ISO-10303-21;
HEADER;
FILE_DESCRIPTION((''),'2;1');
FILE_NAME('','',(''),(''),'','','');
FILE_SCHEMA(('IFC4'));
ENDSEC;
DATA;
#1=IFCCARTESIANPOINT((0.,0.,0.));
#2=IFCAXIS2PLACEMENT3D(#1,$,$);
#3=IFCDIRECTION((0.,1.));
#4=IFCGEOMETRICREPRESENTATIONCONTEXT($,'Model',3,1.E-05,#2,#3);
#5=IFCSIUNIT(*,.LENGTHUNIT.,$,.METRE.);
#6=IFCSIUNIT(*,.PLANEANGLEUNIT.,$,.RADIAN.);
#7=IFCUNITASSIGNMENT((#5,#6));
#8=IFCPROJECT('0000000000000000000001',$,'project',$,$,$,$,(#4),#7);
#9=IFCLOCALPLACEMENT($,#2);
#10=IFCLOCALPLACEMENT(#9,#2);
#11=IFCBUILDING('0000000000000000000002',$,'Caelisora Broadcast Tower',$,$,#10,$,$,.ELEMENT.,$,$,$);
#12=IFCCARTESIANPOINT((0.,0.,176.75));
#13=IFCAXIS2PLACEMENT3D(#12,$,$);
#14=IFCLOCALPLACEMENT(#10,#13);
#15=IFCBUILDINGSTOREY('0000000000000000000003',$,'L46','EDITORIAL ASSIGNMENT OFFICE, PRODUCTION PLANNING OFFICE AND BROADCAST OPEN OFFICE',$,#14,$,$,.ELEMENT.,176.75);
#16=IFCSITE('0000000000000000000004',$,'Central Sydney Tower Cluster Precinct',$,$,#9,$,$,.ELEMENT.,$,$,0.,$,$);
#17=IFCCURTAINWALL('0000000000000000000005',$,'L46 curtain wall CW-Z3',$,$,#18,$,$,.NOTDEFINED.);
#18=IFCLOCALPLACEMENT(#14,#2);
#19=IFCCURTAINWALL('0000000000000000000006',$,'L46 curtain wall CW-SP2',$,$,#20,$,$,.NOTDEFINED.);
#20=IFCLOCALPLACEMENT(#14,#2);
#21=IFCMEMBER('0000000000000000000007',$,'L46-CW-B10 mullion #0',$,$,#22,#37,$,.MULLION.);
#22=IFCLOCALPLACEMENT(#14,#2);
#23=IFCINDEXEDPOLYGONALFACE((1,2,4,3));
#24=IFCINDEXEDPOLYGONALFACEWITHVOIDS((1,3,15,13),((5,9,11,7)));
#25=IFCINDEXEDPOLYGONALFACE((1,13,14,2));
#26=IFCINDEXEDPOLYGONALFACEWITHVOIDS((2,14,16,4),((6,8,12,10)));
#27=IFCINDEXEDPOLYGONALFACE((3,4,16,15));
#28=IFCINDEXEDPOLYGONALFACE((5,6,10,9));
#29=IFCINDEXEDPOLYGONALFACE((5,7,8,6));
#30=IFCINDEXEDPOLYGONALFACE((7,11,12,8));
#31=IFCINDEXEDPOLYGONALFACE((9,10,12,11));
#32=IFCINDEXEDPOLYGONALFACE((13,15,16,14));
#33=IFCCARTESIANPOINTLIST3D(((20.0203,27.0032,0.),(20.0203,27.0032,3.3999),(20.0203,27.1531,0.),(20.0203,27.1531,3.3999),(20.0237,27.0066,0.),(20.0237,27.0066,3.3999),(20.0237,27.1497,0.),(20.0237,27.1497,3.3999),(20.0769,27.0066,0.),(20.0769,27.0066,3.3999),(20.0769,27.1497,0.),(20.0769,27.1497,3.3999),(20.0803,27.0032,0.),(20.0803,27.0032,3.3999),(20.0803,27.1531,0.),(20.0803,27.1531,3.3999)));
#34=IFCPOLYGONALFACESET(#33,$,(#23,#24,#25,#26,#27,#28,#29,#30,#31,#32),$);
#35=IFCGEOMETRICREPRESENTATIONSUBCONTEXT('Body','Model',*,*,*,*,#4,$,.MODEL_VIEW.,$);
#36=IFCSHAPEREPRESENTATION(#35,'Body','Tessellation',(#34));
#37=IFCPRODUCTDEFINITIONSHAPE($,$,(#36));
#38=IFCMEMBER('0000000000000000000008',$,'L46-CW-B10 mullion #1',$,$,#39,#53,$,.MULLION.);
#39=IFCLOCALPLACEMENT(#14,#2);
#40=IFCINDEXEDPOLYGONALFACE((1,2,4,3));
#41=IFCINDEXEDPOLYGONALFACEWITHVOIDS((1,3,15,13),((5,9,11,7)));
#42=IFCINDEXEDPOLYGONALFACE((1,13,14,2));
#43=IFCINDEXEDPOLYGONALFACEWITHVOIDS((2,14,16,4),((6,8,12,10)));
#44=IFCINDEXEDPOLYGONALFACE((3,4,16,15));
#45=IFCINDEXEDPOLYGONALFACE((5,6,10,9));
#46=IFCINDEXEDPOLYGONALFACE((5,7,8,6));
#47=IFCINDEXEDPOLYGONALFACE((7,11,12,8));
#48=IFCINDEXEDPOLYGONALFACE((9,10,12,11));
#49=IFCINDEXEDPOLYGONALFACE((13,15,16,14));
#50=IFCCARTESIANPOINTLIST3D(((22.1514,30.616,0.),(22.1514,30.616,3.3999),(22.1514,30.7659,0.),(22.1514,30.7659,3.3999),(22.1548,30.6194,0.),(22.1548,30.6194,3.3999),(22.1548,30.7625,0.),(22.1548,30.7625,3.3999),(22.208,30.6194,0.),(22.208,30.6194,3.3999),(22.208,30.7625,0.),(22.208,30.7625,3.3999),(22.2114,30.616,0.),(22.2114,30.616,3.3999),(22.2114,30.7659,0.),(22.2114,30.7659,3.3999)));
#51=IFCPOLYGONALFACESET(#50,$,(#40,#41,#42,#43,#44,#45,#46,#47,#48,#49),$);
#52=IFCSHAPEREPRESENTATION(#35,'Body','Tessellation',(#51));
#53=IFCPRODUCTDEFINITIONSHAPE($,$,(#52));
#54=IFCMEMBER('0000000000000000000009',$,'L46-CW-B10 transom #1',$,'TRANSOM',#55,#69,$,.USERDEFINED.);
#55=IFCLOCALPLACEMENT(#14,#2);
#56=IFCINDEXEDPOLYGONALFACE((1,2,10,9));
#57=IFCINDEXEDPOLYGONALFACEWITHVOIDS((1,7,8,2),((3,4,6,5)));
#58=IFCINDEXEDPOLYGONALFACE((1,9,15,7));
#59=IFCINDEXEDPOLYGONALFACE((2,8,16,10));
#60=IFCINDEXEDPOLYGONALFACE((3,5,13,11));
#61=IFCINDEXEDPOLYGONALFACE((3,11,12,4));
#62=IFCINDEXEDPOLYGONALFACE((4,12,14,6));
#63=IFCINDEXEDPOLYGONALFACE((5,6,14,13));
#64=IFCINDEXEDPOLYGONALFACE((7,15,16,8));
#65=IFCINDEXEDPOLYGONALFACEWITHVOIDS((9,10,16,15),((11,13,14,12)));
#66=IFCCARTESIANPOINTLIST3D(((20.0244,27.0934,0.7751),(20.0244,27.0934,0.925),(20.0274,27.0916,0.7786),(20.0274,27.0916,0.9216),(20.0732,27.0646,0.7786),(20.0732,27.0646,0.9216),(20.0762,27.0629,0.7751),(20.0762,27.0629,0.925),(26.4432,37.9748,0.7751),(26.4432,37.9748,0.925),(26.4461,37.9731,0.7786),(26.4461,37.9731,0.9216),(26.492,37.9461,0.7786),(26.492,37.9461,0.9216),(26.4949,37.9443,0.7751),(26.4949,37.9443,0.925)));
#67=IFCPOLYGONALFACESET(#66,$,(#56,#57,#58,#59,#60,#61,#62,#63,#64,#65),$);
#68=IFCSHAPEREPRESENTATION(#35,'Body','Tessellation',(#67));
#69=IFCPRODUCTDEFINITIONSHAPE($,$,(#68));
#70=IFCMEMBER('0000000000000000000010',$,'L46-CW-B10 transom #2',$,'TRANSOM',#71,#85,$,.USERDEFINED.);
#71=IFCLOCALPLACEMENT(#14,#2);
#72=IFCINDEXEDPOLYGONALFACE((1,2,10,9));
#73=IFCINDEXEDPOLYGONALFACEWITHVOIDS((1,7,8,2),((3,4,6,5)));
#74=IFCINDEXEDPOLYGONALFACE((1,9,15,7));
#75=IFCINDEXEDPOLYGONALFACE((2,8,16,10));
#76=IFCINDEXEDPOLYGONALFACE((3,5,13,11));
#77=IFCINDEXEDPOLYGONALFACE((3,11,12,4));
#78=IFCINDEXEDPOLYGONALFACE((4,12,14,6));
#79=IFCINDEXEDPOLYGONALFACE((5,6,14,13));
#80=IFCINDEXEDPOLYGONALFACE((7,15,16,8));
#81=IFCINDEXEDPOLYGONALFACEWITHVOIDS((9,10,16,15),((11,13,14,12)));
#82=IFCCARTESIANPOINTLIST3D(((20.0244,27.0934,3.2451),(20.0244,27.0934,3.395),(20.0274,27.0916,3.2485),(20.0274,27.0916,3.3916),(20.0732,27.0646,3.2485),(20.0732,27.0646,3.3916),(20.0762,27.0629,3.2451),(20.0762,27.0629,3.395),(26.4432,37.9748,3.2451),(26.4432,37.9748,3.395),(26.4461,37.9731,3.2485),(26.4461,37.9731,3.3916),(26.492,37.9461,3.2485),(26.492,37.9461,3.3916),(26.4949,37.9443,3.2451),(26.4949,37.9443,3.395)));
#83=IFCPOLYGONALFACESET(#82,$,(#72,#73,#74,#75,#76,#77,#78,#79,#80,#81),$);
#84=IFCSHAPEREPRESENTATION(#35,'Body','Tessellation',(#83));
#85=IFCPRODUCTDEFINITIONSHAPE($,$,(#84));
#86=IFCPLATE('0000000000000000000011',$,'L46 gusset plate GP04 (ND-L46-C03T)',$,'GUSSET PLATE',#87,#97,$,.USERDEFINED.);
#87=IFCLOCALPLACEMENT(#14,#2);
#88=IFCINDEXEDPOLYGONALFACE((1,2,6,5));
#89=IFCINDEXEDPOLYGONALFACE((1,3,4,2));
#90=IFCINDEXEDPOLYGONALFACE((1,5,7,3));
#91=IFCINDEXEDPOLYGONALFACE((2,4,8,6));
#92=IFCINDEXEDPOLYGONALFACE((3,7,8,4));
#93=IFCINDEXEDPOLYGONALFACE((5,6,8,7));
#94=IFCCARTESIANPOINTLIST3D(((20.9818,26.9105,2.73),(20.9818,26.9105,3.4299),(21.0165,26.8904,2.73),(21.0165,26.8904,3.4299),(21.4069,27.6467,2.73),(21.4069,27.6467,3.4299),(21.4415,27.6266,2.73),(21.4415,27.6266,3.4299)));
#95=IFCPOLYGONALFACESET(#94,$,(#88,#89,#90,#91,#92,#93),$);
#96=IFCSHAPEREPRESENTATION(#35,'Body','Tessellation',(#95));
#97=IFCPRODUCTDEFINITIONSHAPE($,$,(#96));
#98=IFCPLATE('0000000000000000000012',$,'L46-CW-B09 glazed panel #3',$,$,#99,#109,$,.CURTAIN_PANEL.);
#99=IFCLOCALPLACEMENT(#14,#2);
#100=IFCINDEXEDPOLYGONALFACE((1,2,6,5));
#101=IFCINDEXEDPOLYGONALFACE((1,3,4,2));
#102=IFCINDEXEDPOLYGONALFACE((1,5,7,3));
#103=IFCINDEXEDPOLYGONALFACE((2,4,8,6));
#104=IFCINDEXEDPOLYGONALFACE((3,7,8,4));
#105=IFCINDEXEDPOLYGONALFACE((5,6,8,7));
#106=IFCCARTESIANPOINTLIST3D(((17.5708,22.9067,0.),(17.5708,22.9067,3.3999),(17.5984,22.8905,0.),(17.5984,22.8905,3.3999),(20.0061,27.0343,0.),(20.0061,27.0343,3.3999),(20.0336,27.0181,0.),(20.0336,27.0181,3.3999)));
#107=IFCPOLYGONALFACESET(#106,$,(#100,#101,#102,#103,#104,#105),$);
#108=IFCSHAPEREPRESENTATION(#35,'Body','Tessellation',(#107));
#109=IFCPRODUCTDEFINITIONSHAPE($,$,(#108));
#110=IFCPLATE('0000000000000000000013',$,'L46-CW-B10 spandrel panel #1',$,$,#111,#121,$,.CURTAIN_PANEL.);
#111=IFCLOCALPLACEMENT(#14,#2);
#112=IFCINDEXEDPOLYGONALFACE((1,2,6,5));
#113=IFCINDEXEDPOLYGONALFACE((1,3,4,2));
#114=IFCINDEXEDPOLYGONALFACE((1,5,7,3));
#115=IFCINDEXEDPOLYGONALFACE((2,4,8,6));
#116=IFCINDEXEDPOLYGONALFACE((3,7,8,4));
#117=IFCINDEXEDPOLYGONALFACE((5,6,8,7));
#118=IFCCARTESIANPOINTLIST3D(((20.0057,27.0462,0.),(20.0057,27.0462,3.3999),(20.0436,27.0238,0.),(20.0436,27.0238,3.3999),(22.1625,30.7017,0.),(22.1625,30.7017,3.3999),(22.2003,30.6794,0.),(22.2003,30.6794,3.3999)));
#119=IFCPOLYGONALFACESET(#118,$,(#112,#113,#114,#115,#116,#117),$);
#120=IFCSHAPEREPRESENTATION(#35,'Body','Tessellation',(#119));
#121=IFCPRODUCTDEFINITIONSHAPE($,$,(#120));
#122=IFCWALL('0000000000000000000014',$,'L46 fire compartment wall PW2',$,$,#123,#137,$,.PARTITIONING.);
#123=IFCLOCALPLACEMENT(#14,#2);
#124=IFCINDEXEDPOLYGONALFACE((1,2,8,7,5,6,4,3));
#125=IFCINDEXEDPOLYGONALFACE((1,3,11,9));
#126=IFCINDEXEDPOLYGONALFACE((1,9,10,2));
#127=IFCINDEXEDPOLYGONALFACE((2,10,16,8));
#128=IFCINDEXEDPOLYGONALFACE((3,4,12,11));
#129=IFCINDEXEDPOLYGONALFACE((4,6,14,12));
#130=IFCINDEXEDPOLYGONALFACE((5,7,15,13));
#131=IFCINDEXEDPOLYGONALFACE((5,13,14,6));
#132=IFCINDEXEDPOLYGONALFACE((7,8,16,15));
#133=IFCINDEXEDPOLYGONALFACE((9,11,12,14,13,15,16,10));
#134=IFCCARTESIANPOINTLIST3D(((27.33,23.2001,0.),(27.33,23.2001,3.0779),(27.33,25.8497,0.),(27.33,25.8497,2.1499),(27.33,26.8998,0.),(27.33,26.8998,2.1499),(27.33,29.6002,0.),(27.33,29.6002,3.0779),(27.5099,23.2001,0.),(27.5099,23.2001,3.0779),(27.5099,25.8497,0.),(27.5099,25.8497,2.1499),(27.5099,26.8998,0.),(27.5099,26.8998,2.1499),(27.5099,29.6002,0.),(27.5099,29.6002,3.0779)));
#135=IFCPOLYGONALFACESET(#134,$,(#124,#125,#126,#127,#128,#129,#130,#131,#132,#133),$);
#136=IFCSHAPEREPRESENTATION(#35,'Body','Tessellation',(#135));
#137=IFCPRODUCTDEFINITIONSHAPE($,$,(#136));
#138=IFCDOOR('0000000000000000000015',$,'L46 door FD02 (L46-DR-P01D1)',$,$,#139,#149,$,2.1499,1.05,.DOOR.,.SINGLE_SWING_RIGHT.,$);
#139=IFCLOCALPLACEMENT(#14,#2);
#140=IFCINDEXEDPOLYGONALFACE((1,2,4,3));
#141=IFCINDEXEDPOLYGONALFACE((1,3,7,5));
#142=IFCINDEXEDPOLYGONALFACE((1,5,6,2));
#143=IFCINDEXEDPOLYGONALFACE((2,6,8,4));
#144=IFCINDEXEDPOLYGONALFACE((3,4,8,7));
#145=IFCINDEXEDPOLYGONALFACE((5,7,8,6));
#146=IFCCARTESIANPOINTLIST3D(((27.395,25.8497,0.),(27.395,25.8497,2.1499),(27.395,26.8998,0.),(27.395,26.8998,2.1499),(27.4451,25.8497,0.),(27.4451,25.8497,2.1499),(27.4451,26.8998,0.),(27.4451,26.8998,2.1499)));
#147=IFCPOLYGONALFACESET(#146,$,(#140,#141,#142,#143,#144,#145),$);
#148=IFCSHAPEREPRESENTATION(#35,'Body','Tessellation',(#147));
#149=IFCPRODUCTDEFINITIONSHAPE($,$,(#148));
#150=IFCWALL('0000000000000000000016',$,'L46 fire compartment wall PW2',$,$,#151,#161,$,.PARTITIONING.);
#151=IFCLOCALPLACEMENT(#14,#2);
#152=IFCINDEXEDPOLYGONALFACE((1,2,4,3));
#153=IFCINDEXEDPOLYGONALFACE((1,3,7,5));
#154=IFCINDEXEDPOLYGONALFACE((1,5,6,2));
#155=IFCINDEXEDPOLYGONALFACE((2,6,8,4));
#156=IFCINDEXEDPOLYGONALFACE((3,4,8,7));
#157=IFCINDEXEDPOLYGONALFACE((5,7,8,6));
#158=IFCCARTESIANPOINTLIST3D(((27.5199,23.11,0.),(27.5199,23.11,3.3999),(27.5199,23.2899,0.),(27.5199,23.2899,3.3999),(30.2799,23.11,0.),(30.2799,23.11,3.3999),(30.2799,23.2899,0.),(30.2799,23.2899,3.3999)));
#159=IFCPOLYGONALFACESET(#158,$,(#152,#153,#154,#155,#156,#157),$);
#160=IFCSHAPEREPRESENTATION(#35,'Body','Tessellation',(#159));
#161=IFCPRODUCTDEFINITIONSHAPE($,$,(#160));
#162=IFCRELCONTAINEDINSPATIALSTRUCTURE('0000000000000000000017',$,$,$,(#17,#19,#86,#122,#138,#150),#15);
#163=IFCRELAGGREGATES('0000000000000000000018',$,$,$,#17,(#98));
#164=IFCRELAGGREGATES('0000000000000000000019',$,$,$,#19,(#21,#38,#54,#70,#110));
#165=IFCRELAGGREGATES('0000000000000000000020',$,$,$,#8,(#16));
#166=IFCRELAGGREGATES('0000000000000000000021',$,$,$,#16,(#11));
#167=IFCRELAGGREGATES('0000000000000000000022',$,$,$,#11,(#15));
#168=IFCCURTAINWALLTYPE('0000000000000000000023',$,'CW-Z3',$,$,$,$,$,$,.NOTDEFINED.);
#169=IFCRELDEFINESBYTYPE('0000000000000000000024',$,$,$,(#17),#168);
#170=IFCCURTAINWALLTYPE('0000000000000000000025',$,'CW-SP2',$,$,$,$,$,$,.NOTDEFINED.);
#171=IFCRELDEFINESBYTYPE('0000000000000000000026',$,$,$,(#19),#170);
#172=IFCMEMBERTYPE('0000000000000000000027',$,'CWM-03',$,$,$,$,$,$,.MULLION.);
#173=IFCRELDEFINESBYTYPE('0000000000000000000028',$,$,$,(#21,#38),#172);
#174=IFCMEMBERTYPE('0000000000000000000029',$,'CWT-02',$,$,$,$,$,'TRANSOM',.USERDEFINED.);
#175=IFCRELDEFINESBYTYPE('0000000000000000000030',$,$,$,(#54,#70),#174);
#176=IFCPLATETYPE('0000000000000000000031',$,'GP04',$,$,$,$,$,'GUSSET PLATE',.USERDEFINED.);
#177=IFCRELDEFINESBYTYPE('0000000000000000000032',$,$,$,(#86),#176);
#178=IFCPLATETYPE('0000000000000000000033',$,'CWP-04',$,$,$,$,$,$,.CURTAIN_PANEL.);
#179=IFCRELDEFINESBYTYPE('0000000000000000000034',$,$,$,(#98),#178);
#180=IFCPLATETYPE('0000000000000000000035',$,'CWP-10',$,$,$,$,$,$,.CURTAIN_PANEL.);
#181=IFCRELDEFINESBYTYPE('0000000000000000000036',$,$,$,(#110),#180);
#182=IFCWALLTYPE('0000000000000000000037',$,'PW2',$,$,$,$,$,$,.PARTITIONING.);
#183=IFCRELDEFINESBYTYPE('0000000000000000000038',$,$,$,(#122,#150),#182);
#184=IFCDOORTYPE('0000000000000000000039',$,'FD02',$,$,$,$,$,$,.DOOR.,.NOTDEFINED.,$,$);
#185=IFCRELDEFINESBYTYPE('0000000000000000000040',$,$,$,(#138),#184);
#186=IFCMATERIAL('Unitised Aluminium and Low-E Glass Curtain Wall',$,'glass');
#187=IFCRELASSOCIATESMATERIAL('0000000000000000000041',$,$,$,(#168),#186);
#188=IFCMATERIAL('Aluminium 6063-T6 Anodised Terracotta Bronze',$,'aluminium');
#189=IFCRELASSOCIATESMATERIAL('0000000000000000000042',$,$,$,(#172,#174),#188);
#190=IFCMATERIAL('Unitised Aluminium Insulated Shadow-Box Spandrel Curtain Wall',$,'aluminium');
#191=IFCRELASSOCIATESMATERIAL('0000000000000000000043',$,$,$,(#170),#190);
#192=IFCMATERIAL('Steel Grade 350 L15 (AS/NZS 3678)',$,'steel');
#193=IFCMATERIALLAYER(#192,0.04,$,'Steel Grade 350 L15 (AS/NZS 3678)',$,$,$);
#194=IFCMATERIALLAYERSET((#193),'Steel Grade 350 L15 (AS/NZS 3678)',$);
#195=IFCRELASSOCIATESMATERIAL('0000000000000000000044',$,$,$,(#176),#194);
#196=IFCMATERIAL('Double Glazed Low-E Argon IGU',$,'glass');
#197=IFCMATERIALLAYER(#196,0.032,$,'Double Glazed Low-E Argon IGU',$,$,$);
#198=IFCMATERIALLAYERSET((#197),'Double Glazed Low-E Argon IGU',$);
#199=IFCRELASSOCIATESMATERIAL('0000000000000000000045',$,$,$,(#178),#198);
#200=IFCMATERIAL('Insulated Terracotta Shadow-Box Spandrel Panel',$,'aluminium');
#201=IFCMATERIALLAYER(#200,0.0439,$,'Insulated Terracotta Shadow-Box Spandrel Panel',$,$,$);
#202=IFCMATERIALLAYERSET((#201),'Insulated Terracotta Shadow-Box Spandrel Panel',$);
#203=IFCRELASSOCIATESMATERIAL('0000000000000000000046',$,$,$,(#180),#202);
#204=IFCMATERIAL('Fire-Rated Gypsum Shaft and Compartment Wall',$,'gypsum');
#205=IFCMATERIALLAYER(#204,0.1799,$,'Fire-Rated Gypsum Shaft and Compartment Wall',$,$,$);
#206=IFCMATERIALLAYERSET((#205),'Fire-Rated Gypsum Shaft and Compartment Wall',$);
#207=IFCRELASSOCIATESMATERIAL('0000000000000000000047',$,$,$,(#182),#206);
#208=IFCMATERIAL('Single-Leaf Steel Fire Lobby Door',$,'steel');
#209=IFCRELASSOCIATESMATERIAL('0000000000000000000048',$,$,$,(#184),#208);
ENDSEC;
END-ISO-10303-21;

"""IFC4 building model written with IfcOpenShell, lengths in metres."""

from ifc_helpers import new_model, si_unit, direction, frame, frame_2d, origin, origin_2d, place, context, subcontext, project, spatial, rectangle, hollow_rectangle, extrude, source, transform, mapped, material, layer, layer_set, material_profile, profile_set, type_object, type_shapes, element, fill, aggregate, save


model = new_model("IFC4")

# Units and contexts
model_context = context("Model", 3, precision=1e-05, world=origin(), true_north=direction((0.0, 1.0)))
body_context = subcontext(model_context, "Body", "Model", "MODEL_VIEW")
ifc_project = project(units=[si_unit("LENGTHUNIT", "METRE"), si_unit("PLANEANGLEUNIT", "RADIAN")], contexts=[model_context])

# Site, building, storey
site_placement = place(None, origin())
site = spatial("IfcSite", under=ifc_project, at=site_placement, Name="Central Sydney Tower Cluster Precinct", CompositionType="ELEMENT", RefElevation=0.0)
building_placement = place(site_placement, origin())
building = spatial("IfcBuilding", under=site, at=building_placement, Name="Caelisora Broadcast Tower", CompositionType="ELEMENT")
storey_placement = place(building_placement, frame((0.0, 0.0, 176.75)))
storey = spatial("IfcBuildingStorey", under=building, at=storey_placement, Name="L46", Description="EDITORIAL ASSIGNMENT OFFICE, PRODUCTION PLANNING OFFICE AND BROADCAST OPEN OFFICE", CompositionType="ELEMENT", Elevation=176.75)

# Shared definitions
ifc_material_1 = material(Name="Steel Grade 350 L15 (AS/NZS 3678)", Category="steel")

# Curtain walls, members
ifc_material_2 = material(Name="Unitised Aluminium and Low-E Glass Curtain Wall", Category="glass")
curtain_wall_type_1 = type_object("IfcCurtainWallType", Name="CW-Z3", PredefinedType="NOTDEFINED", material=ifc_material_2)
curtain_wall_1_placement = place(storey_placement, origin())
curtain_wall_1 = element("IfcCurtainWall", 1, at=curtain_wall_1_placement, inside=storey, type_object=curtain_wall_type_1, Name="L46 curtain wall CW-Z3", PredefinedType="NOTDEFINED")
ifc_material_3 = material(Name="Aluminium 6063-T6 Anodised Terracotta Bronze", Category="aluminium")
ifc_material_profile_1 = material_profile(ifc_material_3, hollow_rectangle(XDim=0.0601, YDim=0.1499, WallThickness=0.0034, at=origin_2d()), Name="Aluminium 6063-T6 Anodised Terracotta Bronze")
ifc_profile_set_1 = profile_set([ifc_material_profile_1], Name="Aluminium 6063-T6 Anodised Terracotta Bronze")
member_type_1 = type_object("IfcMemberType", Name="CWM-03", PredefinedType="MULLION", material=ifc_profile_set_1)
shared_shape_1 = source(origin(), body_context, "Body", "SweptSolid", [
    extrude(hollow_rectangle(XDim=0.0601, YDim=0.1499, WallThickness=0.0034, at=origin_2d()), origin(), (0.0, 0.0, 1.0), 3.3999),
])
type_shapes(member_type_1, [shared_shape_1])
ifc_material_4 = material(Name="Unitised Aluminium Insulated Shadow-Box Spandrel Curtain Wall", Category="aluminium")
curtain_wall_type_2 = type_object("IfcCurtainWallType", Name="CW-SP2", PredefinedType="NOTDEFINED", material=ifc_material_4)
curtain_wall_2_placement = place(storey_placement, origin())
curtain_wall_2 = element("IfcCurtainWall", 2, at=curtain_wall_2_placement, inside=storey, type_object=curtain_wall_type_2, Name="L46 curtain wall CW-SP2", PredefinedType="NOTDEFINED")
member_1_placement = place(storey_placement, frame((20.0503, 27.0781, 0.0), z_axis=(0.0, 0.0, 1.0), x_axis=(1.0, 0.0, 0.0)))
member_1 = element("IfcMember", 3, at=member_1_placement, type_object=member_type_1, Name="L46-CW-B10 mullion #0", PredefinedType="MULLION", context=body_context, shape_type="MappedRepresentation", body=[
    mapped(shared_shape_1, transform((0.0, 0.0, 0.0), scale=1.0)),
])
member_2_placement = place(storey_placement, frame((22.1814, 30.6909, 0.0), z_axis=(0.0, 0.0, 1.0), x_axis=(1.0, 0.0, 0.0)))
member_2 = element("IfcMember", 4, at=member_2_placement, type_object=member_type_1, Name="L46-CW-B10 mullion #1", PredefinedType="MULLION", context=body_context, shape_type="MappedRepresentation", body=[
    mapped(shared_shape_1, transform((0.0, 0.0, 0.0), scale=1.0)),
])
ifc_material_profile_2 = material_profile(ifc_material_3, hollow_rectangle(XDim=0.0601, YDim=0.1499, WallThickness=0.0034, at=origin_2d()), Name="Aluminium 6063-T6 Anodised Terracotta Bronze")
ifc_profile_set_2 = profile_set([ifc_material_profile_2], Name="Aluminium 6063-T6 Anodised Terracotta Bronze")
member_type_2 = type_object("IfcMemberType", Name="CWT-02", ElementType="TRANSOM", PredefinedType="USERDEFINED", material=ifc_profile_set_2)
shared_shape_2 = source(origin(), body_context, "Body", "SweptSolid", [
    extrude(hollow_rectangle(XDim=0.0601, YDim=0.1499, WallThickness=0.0034, at=origin_2d()), origin(), (0.0, 0.0, 1.0), 12.6335),
])
type_shapes(member_type_2, [shared_shape_2])
member_3_placement = place(storey_placement, frame((20.0503, 27.0781, 0.8501), z_axis=(0.508073, 0.861314, 0.0), x_axis=(-0.861314, 0.508073, 0.0)))
member_3 = element("IfcMember", 5, at=member_3_placement, type_object=member_type_2, Name="L46-CW-B10 transom #1", ObjectType="TRANSOM", PredefinedType="USERDEFINED", context=body_context, shape_type="MappedRepresentation", body=[
    mapped(shared_shape_2, transform((0.0, 0.0, 0.0), scale=1.0)),
])
member_4_placement = place(storey_placement, frame((20.0503, 27.0781, 3.3201), z_axis=(0.508073, 0.861314, 0.0), x_axis=(-0.861314, 0.508073, 0.0)))
member_4 = element("IfcMember", 6, at=member_4_placement, type_object=member_type_2, Name="L46-CW-B10 transom #2", ObjectType="TRANSOM", PredefinedType="USERDEFINED", context=body_context, shape_type="MappedRepresentation", body=[
    mapped(shared_shape_2, transform((0.0, 0.0, 0.0), scale=1.0)),
])

# Plates
ifc_layer_1 = layer(ifc_material_1, 0.04, Name="Steel Grade 350 L15 (AS/NZS 3678)")
ifc_layer_set_1 = layer_set([ifc_layer_1], Name="Steel Grade 350 L15 (AS/NZS 3678)")
plate_type_1 = type_object("IfcPlateType", Name="GP04", ElementType="GUSSET PLATE", PredefinedType="USERDEFINED", material=ifc_layer_set_1)
shared_shape_3 = source(origin(), body_context, "Body", "SweptSolid", [
    extrude(rectangle(XDim=0.8501, YDim=0.04, at=origin_2d()), origin(), (0.0, 0.0, 1.0), 0.7),
])
type_shapes(plate_type_1, [shared_shape_3])
plate_1_placement = place(storey_placement, frame((21.2117, 27.2686, 2.73), z_axis=(0.0, 0.0, 1.0), x_axis=(-0.5, -0.866025, 0.0)))
element("IfcPlate", 7, at=plate_1_placement, inside=storey, type_object=plate_type_1, Name="L46 gusset plate GP04 (ND-L46-C03T)", ObjectType="GUSSET PLATE", PredefinedType="USERDEFINED", context=body_context, shape_type="MappedRepresentation", body=[
    mapped(shared_shape_3, transform((0.0, 0.0, 0.0), scale=1.0)),
])
ifc_material_5 = material(Name="Double Glazed Low-E Argon IGU", Category="glass")
ifc_layer_2 = layer(ifc_material_5, 0.032, Name="Double Glazed Low-E Argon IGU")
ifc_layer_set_2 = layer_set([ifc_layer_2], Name="Double Glazed Low-E Argon IGU")
plate_type_2 = type_object("IfcPlateType", Name="CWP-04", PredefinedType="CURTAIN_PANEL", material=ifc_layer_set_2)
shared_shape_4 = source(origin(), body_context, "Body", "SweptSolid", [
    extrude(rectangle(XDim=4.7925, YDim=0.032, at=origin_2d()), origin(), (0.0, 0.0, 1.0), 3.3999),
])
type_shapes(plate_type_2, [shared_shape_4])
plate_2_placement = place(storey_placement, frame((18.8022, 24.9624, 0.0), z_axis=(0.0, 0.0, 1.0), x_axis=(0.50814, 0.861275, 0.0)))
plate_2 = element("IfcPlate", 8, at=plate_2_placement, type_object=plate_type_2, Name="L46-CW-B09 glazed panel #3", PredefinedType="CURTAIN_PANEL", context=body_context, shape_type="MappedRepresentation", body=[
    mapped(shared_shape_4, transform((0.0, 0.0, 0.0), scale=1.0)),
])
aggregate(curtain_wall_1, [plate_2])
ifc_material_6 = material(Name="Insulated Terracotta Shadow-Box Spandrel Panel", Category="aluminium")
ifc_layer_3 = layer(ifc_material_6, 0.0439, Name="Insulated Terracotta Shadow-Box Spandrel Panel")
ifc_layer_set_3 = layer_set([ifc_layer_3], Name="Insulated Terracotta Shadow-Box Spandrel Panel")
plate_type_3 = type_object("IfcPlateType", Name="CWP-10", PredefinedType="CURTAIN_PANEL", material=ifc_layer_set_3)
shared_shape_5 = source(origin(), body_context, "Body", "SweptSolid", [
    extrude(rectangle(XDim=4.2444, YDim=0.0439, at=origin_2d()), origin(), (0.0, 0.0, 1.0), 3.3999),
])
type_shapes(plate_type_3, [shared_shape_5])
plate_3_placement = place(storey_placement, frame((21.103, 28.8628, 0.0), z_axis=(0.0, 0.0, 1.0), x_axis=(0.50814, 0.861275, 0.0)))
plate_3 = element("IfcPlate", 9, at=plate_3_placement, type_object=plate_type_3, Name="L46-CW-B10 spandrel panel #1", PredefinedType="CURTAIN_PANEL", context=body_context, shape_type="MappedRepresentation", body=[
    mapped(shared_shape_5, transform((0.0, 0.0, 0.0), scale=1.0)),
])
aggregate(curtain_wall_2, [member_1, member_2, member_3, member_4, plate_3])

# Wall, opening, door
ifc_material_7 = material(Name="Fire-Rated Gypsum Shaft and Compartment Wall", Category="gypsum")
ifc_layer_4 = layer(ifc_material_7, 0.1799, Name="Fire-Rated Gypsum Shaft and Compartment Wall")
ifc_layer_set_4 = layer_set([ifc_layer_4], Name="Fire-Rated Gypsum Shaft and Compartment Wall")
wall_type_1 = type_object("IfcWallType", Name="PW2", PredefinedType="PARTITIONING", material=ifc_layer_set_4)
wall_1_placement = place(storey_placement, frame((27.4199, 23.2, 0.0), z_axis=(0.0, 0.0, 1.0), x_axis=(0.0, 1.0, 0.0)))
wall_1 = element("IfcWall", 10, at=wall_1_placement, inside=storey, type_object=wall_type_1, Name="L46 fire compartment wall PW2", PredefinedType="PARTITIONING", context=body_context, shape_type="SweptSolid", body=[
    extrude(rectangle(XDim=6.4001, YDim=0.1799, at=frame_2d((3.2002, 0.0))), origin(), (0.0, 0.0, 1.0), 3.0779),
])
opening_1_placement = place(wall_1_placement, frame((2.6499, 0.0, 0.0)))
opening_1 = element("IfcOpeningElement", 11, at=opening_1_placement, cuts=wall_1, PredefinedType="OPENING", context=body_context, shape_type="SweptSolid", body=[
    extrude(rectangle(XDim=1.05, YDim=2.1499, at=frame_2d((0.5249, 1.075))), frame((0.0, 0.1021, 0.0), z_axis=(0.0, -1.0, 0.0), x_axis=(1.0, 0.0, 0.0)), (0.0, 0.0, 1.0), 0.2039),
])
ifc_material_8 = material(Name="Single-Leaf Steel Fire Lobby Door", Category="steel")
door_type_1 = type_object("IfcDoorType", Name="FD02", OperationType="NOTDEFINED", PredefinedType="DOOR", material=ifc_material_8)
door_1_placement = place(opening_1_placement, origin())
door_1 = element("IfcDoor", 12, at=door_1_placement, inside=storey, type_object=door_type_1, Name="L46 door FD02 (L46-DR-P01D1)", OperationType="SINGLE_SWING_RIGHT", OverallHeight=2.1499, OverallWidth=1.05, PredefinedType="DOOR", context=body_context, shape_type="SweptSolid", body=[
    extrude(rectangle(XDim=1.05, YDim=2.1499, at=frame_2d((0.5249, 1.075))), frame((0.0, 0.0249, 0.0), z_axis=(0.0, -1.0, 0.0), x_axis=(1.0, 0.0, 0.0)), (0.0, 0.0, 1.0), 0.05),
])
fill(opening_1, door_1)

# Wall
wall_2_placement = place(storey_placement, frame((27.52, 23.2, 0.0), z_axis=(0.0, 0.0, 1.0), x_axis=(1.0, 0.0, 0.0)))
element("IfcWall", 13, at=wall_2_placement, inside=storey, type_object=wall_type_1, Name="L46 fire compartment wall PW2", PredefinedType="PARTITIONING", context=body_context, shape_type="SweptSolid", body=[
    extrude(rectangle(XDim=2.76, YDim=0.1799, at=frame_2d((1.3799, 0.0))), origin(), (0.0, 0.0, 1.0), 3.3999),
])

save(model, "model.ifc")
